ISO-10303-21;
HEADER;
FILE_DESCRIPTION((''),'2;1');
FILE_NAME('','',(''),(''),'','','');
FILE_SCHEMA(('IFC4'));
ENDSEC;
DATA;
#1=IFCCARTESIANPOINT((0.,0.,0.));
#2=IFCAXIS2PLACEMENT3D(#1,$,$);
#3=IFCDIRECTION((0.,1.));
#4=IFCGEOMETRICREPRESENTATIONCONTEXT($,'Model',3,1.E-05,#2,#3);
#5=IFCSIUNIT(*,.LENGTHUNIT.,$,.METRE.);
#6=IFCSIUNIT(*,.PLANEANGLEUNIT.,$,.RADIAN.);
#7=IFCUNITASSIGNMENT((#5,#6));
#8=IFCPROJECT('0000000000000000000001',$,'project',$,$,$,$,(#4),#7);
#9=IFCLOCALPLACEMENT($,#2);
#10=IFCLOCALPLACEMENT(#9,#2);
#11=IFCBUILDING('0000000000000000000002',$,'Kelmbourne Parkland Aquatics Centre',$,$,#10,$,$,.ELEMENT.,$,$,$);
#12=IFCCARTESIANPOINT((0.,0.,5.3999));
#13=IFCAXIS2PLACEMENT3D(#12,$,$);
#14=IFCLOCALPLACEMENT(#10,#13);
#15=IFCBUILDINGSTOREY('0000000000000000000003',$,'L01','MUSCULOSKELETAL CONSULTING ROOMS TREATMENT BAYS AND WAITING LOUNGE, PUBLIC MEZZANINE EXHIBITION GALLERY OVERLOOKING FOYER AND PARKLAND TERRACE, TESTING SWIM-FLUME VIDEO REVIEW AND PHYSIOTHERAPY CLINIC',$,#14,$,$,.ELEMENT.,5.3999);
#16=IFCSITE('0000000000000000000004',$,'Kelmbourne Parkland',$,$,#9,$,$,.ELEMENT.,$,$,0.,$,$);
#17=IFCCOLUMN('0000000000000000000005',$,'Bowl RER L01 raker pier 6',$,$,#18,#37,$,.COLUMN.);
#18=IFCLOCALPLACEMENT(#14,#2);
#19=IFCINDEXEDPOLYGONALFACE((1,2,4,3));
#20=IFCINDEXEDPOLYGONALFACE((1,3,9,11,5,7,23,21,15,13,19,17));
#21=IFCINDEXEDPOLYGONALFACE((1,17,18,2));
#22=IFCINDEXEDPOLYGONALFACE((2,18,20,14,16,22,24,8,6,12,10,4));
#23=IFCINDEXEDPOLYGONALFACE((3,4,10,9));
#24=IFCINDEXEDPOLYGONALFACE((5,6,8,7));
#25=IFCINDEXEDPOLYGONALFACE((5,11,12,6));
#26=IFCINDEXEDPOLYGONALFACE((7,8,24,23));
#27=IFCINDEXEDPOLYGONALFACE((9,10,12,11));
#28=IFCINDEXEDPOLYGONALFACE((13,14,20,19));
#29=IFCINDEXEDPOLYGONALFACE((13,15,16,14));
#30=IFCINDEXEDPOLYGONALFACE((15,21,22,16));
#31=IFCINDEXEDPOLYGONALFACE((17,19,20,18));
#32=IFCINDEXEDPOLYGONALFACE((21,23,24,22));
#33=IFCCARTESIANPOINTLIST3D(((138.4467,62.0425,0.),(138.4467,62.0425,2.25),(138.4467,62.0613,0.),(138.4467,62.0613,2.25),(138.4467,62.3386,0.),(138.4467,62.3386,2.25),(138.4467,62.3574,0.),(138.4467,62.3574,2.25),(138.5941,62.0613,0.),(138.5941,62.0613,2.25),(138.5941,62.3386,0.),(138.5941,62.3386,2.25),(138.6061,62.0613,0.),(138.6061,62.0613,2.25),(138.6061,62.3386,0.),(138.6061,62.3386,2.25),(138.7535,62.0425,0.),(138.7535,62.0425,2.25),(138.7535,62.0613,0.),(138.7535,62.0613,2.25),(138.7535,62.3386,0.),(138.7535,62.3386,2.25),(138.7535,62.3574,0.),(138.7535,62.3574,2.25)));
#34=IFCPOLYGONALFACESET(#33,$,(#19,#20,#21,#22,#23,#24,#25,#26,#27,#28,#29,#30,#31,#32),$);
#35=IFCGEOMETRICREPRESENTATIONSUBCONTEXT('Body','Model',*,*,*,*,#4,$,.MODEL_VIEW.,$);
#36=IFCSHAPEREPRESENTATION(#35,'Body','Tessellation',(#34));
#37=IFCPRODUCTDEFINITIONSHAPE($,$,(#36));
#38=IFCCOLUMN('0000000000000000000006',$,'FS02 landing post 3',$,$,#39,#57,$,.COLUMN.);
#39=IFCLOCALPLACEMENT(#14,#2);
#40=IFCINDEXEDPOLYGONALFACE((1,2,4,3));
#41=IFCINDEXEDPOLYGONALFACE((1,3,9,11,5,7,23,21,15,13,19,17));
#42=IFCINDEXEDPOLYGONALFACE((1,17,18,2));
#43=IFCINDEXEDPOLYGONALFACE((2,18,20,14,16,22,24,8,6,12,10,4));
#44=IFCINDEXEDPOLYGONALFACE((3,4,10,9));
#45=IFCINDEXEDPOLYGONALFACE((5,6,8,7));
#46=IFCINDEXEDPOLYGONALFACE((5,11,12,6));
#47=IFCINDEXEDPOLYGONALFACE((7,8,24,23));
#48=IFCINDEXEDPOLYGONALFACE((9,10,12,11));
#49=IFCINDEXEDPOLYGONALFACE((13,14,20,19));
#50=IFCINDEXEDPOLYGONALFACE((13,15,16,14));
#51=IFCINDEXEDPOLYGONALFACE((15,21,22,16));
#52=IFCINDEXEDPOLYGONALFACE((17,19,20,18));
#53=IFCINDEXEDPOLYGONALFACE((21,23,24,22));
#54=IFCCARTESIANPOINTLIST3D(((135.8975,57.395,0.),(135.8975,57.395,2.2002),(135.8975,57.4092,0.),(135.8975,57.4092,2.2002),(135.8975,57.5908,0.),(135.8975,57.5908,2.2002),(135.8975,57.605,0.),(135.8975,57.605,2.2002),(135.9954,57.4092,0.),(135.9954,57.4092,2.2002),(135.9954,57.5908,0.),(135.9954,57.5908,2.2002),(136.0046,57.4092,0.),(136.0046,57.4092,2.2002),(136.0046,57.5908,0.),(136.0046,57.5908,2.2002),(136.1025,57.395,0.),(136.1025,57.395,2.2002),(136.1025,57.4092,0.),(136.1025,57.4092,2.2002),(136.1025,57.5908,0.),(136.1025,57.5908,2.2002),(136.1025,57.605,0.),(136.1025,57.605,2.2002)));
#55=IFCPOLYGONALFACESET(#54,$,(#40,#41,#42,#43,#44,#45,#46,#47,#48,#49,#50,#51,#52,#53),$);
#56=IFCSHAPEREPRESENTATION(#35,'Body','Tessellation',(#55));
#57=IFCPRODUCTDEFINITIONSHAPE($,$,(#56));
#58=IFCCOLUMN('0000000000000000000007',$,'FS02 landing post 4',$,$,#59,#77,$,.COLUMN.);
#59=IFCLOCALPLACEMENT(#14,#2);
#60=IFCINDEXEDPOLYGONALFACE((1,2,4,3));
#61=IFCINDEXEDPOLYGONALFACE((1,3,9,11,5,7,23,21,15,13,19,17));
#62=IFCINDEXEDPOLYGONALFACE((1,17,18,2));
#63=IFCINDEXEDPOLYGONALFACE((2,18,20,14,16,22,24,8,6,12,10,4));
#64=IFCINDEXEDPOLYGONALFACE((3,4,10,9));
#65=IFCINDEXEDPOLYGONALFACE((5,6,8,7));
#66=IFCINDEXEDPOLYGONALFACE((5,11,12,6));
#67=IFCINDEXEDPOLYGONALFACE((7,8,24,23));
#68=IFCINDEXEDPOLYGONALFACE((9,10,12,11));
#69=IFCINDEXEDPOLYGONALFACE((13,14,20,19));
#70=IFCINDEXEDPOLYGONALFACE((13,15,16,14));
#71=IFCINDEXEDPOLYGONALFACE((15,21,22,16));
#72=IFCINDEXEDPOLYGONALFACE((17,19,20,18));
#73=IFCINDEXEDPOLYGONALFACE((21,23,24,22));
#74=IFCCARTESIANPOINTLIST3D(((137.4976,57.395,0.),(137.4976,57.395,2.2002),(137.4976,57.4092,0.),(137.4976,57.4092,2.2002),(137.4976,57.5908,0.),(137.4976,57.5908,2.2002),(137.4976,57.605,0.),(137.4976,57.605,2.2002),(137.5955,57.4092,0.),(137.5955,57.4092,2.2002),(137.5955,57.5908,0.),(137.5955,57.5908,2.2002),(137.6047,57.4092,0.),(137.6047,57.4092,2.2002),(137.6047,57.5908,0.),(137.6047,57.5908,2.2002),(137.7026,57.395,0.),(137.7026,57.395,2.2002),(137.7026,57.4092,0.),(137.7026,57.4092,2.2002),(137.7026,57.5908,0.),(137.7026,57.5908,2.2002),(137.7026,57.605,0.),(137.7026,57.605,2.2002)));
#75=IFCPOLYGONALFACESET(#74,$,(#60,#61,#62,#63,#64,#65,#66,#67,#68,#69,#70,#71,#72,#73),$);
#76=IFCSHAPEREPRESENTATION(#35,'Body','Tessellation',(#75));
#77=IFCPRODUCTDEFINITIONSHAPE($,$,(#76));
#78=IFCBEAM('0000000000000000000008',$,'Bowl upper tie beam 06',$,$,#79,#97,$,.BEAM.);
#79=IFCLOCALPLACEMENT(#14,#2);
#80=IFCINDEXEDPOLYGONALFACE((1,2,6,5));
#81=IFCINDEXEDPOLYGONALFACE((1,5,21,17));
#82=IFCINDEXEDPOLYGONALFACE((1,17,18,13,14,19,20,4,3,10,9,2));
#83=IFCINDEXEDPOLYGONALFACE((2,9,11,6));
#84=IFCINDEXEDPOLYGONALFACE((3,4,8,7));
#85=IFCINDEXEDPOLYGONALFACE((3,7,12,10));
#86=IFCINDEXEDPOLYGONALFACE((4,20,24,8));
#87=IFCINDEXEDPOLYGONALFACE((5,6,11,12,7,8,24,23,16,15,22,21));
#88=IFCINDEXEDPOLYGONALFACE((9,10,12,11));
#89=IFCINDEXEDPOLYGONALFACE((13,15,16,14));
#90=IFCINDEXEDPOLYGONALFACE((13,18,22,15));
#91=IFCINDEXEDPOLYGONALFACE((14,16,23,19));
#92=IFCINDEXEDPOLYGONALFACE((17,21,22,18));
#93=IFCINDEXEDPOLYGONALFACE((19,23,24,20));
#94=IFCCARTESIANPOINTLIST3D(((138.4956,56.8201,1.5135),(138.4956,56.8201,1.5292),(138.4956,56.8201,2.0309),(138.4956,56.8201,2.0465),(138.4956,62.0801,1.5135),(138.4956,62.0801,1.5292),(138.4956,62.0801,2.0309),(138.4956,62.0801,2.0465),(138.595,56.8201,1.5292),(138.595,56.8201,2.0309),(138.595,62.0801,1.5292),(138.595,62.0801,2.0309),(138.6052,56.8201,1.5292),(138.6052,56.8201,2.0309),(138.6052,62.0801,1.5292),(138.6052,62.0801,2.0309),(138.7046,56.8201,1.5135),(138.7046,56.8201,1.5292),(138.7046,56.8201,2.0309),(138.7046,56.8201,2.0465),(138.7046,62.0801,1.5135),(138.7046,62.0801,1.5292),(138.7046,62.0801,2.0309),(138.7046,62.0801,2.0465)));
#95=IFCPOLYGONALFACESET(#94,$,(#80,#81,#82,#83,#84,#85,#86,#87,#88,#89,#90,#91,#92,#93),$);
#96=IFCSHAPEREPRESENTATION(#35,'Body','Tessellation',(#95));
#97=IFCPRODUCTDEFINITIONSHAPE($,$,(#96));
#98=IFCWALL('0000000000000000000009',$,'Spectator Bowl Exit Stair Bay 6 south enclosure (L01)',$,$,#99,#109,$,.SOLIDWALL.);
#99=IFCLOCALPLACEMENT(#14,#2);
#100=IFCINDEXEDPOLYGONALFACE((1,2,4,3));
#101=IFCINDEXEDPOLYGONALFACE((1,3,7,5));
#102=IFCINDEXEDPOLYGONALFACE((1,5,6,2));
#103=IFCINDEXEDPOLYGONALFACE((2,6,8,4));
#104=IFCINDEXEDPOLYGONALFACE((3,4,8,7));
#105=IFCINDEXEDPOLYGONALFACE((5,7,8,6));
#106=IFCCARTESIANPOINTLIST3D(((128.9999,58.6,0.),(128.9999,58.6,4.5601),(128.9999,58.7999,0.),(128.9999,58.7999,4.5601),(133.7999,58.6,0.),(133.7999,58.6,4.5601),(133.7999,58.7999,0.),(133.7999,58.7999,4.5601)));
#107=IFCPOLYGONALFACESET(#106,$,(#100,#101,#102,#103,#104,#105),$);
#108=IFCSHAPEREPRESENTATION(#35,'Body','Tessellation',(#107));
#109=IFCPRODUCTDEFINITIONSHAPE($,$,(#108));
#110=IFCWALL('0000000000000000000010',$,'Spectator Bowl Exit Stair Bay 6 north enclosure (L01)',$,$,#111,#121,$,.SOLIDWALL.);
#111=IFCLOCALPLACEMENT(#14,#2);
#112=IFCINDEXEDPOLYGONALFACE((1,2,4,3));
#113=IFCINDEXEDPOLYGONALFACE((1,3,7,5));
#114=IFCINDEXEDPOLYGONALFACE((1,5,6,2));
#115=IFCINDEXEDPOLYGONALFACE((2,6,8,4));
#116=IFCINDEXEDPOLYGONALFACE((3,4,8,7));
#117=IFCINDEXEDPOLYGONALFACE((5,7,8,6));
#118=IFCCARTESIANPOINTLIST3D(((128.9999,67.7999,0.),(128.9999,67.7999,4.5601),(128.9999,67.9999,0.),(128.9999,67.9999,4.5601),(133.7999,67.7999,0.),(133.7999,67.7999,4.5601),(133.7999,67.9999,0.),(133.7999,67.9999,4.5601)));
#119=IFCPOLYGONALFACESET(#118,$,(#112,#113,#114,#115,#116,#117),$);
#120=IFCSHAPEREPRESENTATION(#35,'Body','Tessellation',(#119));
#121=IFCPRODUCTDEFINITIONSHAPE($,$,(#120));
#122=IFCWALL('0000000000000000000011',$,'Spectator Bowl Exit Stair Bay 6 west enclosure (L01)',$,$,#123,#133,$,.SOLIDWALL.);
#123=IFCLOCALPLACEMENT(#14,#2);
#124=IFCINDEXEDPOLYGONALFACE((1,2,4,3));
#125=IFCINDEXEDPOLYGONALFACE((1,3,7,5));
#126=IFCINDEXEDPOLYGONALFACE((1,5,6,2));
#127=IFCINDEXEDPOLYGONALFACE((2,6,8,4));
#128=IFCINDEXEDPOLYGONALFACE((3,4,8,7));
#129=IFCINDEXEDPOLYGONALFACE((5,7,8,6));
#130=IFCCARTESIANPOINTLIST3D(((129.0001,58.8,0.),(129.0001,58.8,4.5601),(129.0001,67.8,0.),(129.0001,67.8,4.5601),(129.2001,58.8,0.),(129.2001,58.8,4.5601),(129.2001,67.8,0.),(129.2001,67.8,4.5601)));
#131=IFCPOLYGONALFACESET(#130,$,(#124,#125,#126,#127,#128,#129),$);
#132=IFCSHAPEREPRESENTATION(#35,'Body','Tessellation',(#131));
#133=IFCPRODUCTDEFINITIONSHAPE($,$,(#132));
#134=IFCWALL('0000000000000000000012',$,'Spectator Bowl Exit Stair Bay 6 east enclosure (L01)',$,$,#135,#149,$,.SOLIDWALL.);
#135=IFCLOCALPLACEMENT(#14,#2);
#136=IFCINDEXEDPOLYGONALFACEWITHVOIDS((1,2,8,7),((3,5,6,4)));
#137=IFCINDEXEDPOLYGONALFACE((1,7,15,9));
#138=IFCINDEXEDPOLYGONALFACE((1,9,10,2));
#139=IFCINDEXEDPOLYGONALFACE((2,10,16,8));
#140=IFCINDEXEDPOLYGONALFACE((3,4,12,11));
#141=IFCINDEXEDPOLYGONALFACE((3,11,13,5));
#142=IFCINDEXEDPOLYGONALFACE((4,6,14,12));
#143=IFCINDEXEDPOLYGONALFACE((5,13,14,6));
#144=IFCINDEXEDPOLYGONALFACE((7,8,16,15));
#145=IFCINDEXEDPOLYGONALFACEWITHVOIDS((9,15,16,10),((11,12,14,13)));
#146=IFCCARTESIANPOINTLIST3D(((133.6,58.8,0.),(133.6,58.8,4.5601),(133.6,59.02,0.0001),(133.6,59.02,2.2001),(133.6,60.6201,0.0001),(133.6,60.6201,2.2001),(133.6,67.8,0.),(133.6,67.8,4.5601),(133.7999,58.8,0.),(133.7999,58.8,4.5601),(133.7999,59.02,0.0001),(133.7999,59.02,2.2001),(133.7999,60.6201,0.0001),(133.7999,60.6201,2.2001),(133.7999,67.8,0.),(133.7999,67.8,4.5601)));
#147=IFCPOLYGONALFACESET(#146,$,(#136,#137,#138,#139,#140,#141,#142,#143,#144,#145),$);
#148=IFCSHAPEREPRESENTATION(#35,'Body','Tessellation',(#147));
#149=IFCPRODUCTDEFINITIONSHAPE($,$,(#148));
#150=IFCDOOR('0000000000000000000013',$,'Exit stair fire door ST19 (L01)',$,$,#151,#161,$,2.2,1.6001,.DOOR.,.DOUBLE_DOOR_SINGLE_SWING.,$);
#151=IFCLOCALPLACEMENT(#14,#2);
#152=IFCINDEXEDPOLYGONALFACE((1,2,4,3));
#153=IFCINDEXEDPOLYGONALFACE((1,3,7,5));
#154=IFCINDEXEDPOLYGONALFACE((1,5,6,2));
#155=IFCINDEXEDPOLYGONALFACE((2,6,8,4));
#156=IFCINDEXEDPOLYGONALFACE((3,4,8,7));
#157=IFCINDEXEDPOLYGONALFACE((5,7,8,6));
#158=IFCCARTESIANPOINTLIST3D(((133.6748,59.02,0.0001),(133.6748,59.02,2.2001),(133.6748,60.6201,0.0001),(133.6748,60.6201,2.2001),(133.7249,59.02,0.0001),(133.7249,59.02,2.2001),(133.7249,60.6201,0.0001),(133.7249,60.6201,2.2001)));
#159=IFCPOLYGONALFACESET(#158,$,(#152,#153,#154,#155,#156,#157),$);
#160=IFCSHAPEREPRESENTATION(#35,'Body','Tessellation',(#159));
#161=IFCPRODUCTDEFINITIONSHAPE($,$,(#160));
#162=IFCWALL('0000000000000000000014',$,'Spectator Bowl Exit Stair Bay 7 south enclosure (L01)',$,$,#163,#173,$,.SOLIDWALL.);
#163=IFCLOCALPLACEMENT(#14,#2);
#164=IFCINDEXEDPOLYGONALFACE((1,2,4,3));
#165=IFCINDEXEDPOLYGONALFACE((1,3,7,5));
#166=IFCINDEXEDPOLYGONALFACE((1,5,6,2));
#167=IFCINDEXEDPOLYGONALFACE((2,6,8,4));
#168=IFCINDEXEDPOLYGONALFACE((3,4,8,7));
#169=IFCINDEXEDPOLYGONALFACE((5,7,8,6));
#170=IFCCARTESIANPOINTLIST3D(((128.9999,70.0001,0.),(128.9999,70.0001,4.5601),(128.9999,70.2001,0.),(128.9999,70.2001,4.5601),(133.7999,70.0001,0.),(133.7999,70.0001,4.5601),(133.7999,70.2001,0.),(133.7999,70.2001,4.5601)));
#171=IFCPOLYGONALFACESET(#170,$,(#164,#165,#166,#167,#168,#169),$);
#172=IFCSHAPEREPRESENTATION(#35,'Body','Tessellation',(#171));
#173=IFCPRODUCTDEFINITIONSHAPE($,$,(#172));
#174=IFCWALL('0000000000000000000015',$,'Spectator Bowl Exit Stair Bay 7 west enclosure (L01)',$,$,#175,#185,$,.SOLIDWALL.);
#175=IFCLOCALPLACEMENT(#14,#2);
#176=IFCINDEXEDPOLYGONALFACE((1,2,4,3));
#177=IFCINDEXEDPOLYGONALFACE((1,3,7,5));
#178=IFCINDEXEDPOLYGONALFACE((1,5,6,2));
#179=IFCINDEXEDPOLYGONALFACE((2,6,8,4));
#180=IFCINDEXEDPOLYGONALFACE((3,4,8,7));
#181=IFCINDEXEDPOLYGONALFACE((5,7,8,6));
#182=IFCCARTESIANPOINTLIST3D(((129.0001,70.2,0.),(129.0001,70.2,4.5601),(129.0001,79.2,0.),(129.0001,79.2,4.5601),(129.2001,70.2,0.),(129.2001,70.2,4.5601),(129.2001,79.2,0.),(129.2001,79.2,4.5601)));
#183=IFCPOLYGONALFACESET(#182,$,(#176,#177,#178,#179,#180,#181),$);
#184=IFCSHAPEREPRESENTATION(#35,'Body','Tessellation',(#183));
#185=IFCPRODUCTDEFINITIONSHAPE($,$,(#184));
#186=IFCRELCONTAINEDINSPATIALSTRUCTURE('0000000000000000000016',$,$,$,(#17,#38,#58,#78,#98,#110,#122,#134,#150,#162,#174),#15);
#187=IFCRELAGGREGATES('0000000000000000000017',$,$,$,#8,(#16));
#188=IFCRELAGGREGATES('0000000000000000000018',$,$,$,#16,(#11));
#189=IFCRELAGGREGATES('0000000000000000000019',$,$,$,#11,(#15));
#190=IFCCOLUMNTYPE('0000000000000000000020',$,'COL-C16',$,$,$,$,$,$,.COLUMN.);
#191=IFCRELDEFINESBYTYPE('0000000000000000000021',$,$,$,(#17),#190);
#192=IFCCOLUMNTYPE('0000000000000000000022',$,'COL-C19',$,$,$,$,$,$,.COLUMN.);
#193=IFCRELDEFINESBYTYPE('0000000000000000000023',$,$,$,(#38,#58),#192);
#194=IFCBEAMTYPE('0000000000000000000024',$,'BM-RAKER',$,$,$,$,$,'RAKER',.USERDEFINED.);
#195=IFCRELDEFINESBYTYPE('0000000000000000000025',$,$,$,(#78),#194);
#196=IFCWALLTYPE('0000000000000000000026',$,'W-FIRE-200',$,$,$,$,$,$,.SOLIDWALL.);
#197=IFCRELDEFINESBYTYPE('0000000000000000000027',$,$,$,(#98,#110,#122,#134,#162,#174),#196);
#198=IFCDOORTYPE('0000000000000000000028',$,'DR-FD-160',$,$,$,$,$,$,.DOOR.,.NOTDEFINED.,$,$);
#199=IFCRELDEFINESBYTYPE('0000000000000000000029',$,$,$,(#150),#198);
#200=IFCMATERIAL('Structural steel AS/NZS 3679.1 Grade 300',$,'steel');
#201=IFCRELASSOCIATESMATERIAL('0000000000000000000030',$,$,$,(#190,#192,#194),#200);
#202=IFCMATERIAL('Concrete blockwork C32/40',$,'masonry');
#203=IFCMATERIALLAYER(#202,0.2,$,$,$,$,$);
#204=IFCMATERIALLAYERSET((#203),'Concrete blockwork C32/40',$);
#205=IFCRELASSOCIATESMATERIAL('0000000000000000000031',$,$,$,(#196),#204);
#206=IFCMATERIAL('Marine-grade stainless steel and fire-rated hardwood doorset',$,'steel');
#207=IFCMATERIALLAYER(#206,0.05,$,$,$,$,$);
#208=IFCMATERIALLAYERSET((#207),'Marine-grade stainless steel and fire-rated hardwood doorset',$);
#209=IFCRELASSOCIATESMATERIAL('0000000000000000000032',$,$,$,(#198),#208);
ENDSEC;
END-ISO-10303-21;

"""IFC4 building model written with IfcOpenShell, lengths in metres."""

from ifc_helpers import new_model, si_unit, direction, frame, frame_2d, origin, origin_2d, place, context, subcontext, project, spatial, rectangle, i_section, extrude, material, layer, layer_set, material_profile, profile_set, type_object, element, fill, save


model = new_model("IFC4")

# Units and contexts
model_context = context("Model", 3, precision=1e-05, world=origin(), true_north=direction((0.0, 1.0)))
body_context = subcontext(model_context, "Body", "Model", "MODEL_VIEW")
ifc_project = project(units=[si_unit("LENGTHUNIT", "METRE"), si_unit("PLANEANGLEUNIT", "RADIAN")], contexts=[model_context])

# Site, building, storey
site_placement = place(None, origin())
site = spatial("IfcSite", under=ifc_project, at=site_placement, Name="Kelmbourne Parkland", CompositionType="ELEMENT", RefElevation=0.0)
building_placement = place(site_placement, origin())
building = spatial("IfcBuilding", under=site, at=building_placement, Name="Kelmbourne Parkland Aquatics Centre", CompositionType="ELEMENT")
storey_placement = place(building_placement, frame((0.0, 0.0, 5.3999)))
storey = spatial("IfcBuildingStorey", under=building, at=storey_placement, Name="L01", Description="MUSCULOSKELETAL CONSULTING ROOMS TREATMENT BAYS AND WAITING LOUNGE, PUBLIC MEZZANINE EXHIBITION GALLERY OVERLOOKING FOYER AND PARKLAND TERRACE, TESTING SWIM-FLUME VIDEO REVIEW AND PHYSIOTHERAPY CLINIC", CompositionType="ELEMENT", Elevation=5.3999)

# Columns
ifc_material_1 = material(Name="Structural steel AS/NZS 3679.1 Grade 300", Category="steel")
ifc_material_profile_1 = material_profile(ifc_material_1, i_section(OverallWidth=0.3069, OverallDepth=0.3149, WebThickness=0.012, FlangeThickness=0.0188, at=origin_2d()), Name="310UC118")
ifc_profile_set_1 = profile_set([ifc_material_profile_1], Name="Structural steel AS/NZS 3679.1 Grade 300")
column_type_1 = type_object("IfcColumnType", Name="COL-C16", PredefinedType="COLUMN", material=ifc_profile_set_1)
column_placement = place(storey_placement, frame((138.6001, 62.2, 0.0), z_axis=(0.0, 0.0, 1.0), x_axis=(1.0, 0.0, 0.0)))
element("IfcColumn", 1, at=column_placement, inside=storey, type_object=column_type_1, Name="Bowl RER L01 raker pier 6", PredefinedType="COLUMN", context=body_context, shape_type="SweptSolid", body=[
    extrude(i_section(OverallWidth=0.3069, OverallDepth=0.3149, WebThickness=0.012, FlangeThickness=0.0188, at=origin_2d()), origin(), (0.0, 0.0, 1.0), 2.25),
])
ifc_material_profile_2 = material_profile(ifc_material_1, i_section(OverallWidth=0.2051, OverallDepth=0.21, WebThickness=0.0093, FlangeThickness=0.0142, at=origin_2d()), Name="200UC59.5")
ifc_profile_set_2 = profile_set([ifc_material_profile_2], Name="Structural steel AS/NZS 3679.1 Grade 300")
column_type_2 = type_object("IfcColumnType", Name="COL-C19", PredefinedType="COLUMN", material=ifc_profile_set_2)
for number, where, z_axis, x_axis, name in (
    (2, (136.0, 57.5, 0.0), (0.0, 0.0, 1.0), (1.0, 0.0, 0.0), "FS02 landing post 3"),
    (3, (137.6001, 57.5, 0.0), (0.0, 0.0, 1.0), (1.0, 0.0, 0.0), "FS02 landing post 4"),
):
    element("IfcColumn", number, at=place(storey_placement, frame(where, z_axis=z_axis, x_axis=x_axis)), inside=storey, type_object=column_type_2, Name=name, PredefinedType="COLUMN", context=body_context, shape_type="SweptSolid", body=[
        extrude(i_section(OverallWidth=0.2051, OverallDepth=0.21, WebThickness=0.0093, FlangeThickness=0.0142, at=origin_2d()), origin(), (0.0, 0.0, 1.0), 2.2002),
    ])

# Beam
ifc_material_profile_3 = material_profile(ifc_material_1, i_section(OverallWidth=0.209, OverallDepth=0.533, WebThickness=0.0103, FlangeThickness=0.0156, at=origin_2d()), Name="530UB92.4")
ifc_profile_set_3 = profile_set([ifc_material_profile_3], Name="Structural steel AS/NZS 3679.1 Grade 300")
beam_type = type_object("IfcBeamType", Name="BM-RAKER", ElementType="RAKER", PredefinedType="USERDEFINED", material=ifc_profile_set_3)
beam_placement = place(storey_placement, frame((138.6001, 56.8201, 1.78), z_axis=(0.0, 1.0, 0.0), x_axis=(-1.0, 0.0, 0.0)))
element("IfcBeam", 4, at=beam_placement, inside=storey, type_object=beam_type, Name="Bowl upper tie beam 06", PredefinedType="BEAM", context=body_context, shape_type="SweptSolid", body=[
    extrude(i_section(OverallWidth=0.209, OverallDepth=0.533, WebThickness=0.0103, FlangeThickness=0.0156, at=origin_2d()), origin(), (0.0, 0.0, 1.0), 5.26),
])

# Walls
ifc_material_2 = material(Name="Concrete blockwork C32/40", Category="masonry")
ifc_layer_1 = layer(ifc_material_2, 0.2)
ifc_layer_set_1 = layer_set([ifc_layer_1], Name="Concrete blockwork C32/40")
wall_type = type_object("IfcWallType", Name="W-FIRE-200", PredefinedType="SOLIDWALL", material=ifc_layer_set_1)
for number, where, z_axis, x_axis, name in (
    (5, (129.0, 58.7, 0.0), (0.0, 0.0, 1.0), (1.0, 0.0, 0.0), "Spectator Bowl Exit Stair Bay 6 south enclosure (L01)"),
    (6, (129.0, 67.8999, 0.0), (0.0, 0.0, 1.0), (1.0, 0.0, 0.0), "Spectator Bowl Exit Stair Bay 6 north enclosure (L01)"),
):
    element("IfcWall", number, at=place(storey_placement, frame(where, z_axis=z_axis, x_axis=x_axis)), inside=storey, type_object=wall_type, Name=name, PredefinedType="SOLIDWALL", context=body_context, shape_type="SweptSolid", body=[
        extrude(rectangle(XDim=4.8, YDim=0.2, at=frame_2d((2.3999, 0.0))), origin(), (0.0, 0.0, 1.0), 4.5601),
    ])
wall_1_placement = place(storey_placement, frame((129.1001, 58.8, 0.0), z_axis=(0.0, 0.0, 1.0), x_axis=(0.0, 1.0, 0.0)))
element("IfcWall", 7, at=wall_1_placement, inside=storey, type_object=wall_type, Name="Spectator Bowl Exit Stair Bay 6 west enclosure (L01)", PredefinedType="SOLIDWALL", context=body_context, shape_type="SweptSolid", body=[
    extrude(rectangle(XDim=9.0, YDim=0.2, at=frame_2d((4.5, 0.0))), origin(), (0.0, 0.0, 1.0), 4.5601),
])

# Wall, opening, door
wall_2_placement = place(storey_placement, frame((133.7, 58.8, 0.0), z_axis=(0.0, 0.0, 1.0), x_axis=(0.0, 1.0, 0.0)))
wall_2 = element("IfcWall", 8, at=wall_2_placement, inside=storey, type_object=wall_type, Name="Spectator Bowl Exit Stair Bay 6 east enclosure (L01)", PredefinedType="SOLIDWALL", context=body_context, shape_type="SweptSolid", body=[
    extrude(rectangle(XDim=9.0, YDim=0.2, at=frame_2d((4.5, 0.0))), origin(), (0.0, 0.0, 1.0), 4.5601),
])
opening_1_placement = place(wall_2_placement, frame((0.22, 0.0, 0.0)))
opening_1 = element("IfcOpeningElement", 9, at=opening_1_placement, cuts=wall_2, PredefinedType="OPENING", context=body_context, shape_type="SweptSolid", body=[
    extrude(rectangle(XDim=1.6001, YDim=2.2, at=frame_2d((0.8, 1.1001))), frame((0.0, 0.1118, 0.0), z_axis=(0.0, -1.0, 0.0), x_axis=(1.0, 0.0, 0.0)), (0.0, 0.0, 1.0), 0.2239),
])
ifc_material_3 = material(Name="Marine-grade stainless steel and fire-rated hardwood doorset", Category="steel")
ifc_layer_2 = layer(ifc_material_3, 0.05)
ifc_layer_set_2 = layer_set([ifc_layer_2], Name="Marine-grade stainless steel and fire-rated hardwood doorset")
door_type = type_object("IfcDoorType", Name="DR-FD-160", OperationType="NOTDEFINED", PredefinedType="DOOR", material=ifc_layer_set_2)
door_1_placement = place(opening_1_placement, frame((1.6001, 0.0, 0.0), z_axis=(0.0, 0.0, 1.0), x_axis=(-1.0, 0.0, 0.0)))
door_1 = element("IfcDoor", 10, at=door_1_placement, inside=storey, type_object=door_type, Name="Exit stair fire door ST19 (L01)", OperationType="DOUBLE_DOOR_SINGLE_SWING", OverallHeight=2.2, OverallWidth=1.6001, PredefinedType="DOOR", context=body_context, shape_type="SweptSolid", body=[
    extrude(rectangle(XDim=1.6001, YDim=2.2, at=frame_2d((0.8, 1.1001))), frame((0.0, 0.0249, 0.0), z_axis=(0.0, -1.0, 0.0), x_axis=(1.0, 0.0, 0.0)), (0.0, 0.0, 1.0), 0.05),
])
fill(opening_1, door_1)

# Walls
wall_3_placement = place(storey_placement, frame((129.0, 70.1001, 0.0), z_axis=(0.0, 0.0, 1.0), x_axis=(1.0, 0.0, 0.0)))
element("IfcWall", 11, at=wall_3_placement, inside=storey, type_object=wall_type, Name="Spectator Bowl Exit Stair Bay 7 south enclosure (L01)", PredefinedType="SOLIDWALL", context=body_context, shape_type="SweptSolid", body=[
    extrude(rectangle(XDim=4.8, YDim=0.2, at=frame_2d((2.3999, 0.0))), origin(), (0.0, 0.0, 1.0), 4.5601),
])
wall_4_placement = place(storey_placement, frame((129.1001, 70.2, 0.0), z_axis=(0.0, 0.0, 1.0), x_axis=(0.0, 1.0, 0.0)))
element("IfcWall", 12, at=wall_4_placement, inside=storey, type_object=wall_type, Name="Spectator Bowl Exit Stair Bay 7 west enclosure (L01)", PredefinedType="SOLIDWALL", context=body_context, shape_type="SweptSolid", body=[
    extrude(rectangle(XDim=9.0, YDim=0.2, at=frame_2d((4.5, 0.0))), origin(), (0.0, 0.0, 1.0), 4.5601),
])

save(model, "model.ifc")
